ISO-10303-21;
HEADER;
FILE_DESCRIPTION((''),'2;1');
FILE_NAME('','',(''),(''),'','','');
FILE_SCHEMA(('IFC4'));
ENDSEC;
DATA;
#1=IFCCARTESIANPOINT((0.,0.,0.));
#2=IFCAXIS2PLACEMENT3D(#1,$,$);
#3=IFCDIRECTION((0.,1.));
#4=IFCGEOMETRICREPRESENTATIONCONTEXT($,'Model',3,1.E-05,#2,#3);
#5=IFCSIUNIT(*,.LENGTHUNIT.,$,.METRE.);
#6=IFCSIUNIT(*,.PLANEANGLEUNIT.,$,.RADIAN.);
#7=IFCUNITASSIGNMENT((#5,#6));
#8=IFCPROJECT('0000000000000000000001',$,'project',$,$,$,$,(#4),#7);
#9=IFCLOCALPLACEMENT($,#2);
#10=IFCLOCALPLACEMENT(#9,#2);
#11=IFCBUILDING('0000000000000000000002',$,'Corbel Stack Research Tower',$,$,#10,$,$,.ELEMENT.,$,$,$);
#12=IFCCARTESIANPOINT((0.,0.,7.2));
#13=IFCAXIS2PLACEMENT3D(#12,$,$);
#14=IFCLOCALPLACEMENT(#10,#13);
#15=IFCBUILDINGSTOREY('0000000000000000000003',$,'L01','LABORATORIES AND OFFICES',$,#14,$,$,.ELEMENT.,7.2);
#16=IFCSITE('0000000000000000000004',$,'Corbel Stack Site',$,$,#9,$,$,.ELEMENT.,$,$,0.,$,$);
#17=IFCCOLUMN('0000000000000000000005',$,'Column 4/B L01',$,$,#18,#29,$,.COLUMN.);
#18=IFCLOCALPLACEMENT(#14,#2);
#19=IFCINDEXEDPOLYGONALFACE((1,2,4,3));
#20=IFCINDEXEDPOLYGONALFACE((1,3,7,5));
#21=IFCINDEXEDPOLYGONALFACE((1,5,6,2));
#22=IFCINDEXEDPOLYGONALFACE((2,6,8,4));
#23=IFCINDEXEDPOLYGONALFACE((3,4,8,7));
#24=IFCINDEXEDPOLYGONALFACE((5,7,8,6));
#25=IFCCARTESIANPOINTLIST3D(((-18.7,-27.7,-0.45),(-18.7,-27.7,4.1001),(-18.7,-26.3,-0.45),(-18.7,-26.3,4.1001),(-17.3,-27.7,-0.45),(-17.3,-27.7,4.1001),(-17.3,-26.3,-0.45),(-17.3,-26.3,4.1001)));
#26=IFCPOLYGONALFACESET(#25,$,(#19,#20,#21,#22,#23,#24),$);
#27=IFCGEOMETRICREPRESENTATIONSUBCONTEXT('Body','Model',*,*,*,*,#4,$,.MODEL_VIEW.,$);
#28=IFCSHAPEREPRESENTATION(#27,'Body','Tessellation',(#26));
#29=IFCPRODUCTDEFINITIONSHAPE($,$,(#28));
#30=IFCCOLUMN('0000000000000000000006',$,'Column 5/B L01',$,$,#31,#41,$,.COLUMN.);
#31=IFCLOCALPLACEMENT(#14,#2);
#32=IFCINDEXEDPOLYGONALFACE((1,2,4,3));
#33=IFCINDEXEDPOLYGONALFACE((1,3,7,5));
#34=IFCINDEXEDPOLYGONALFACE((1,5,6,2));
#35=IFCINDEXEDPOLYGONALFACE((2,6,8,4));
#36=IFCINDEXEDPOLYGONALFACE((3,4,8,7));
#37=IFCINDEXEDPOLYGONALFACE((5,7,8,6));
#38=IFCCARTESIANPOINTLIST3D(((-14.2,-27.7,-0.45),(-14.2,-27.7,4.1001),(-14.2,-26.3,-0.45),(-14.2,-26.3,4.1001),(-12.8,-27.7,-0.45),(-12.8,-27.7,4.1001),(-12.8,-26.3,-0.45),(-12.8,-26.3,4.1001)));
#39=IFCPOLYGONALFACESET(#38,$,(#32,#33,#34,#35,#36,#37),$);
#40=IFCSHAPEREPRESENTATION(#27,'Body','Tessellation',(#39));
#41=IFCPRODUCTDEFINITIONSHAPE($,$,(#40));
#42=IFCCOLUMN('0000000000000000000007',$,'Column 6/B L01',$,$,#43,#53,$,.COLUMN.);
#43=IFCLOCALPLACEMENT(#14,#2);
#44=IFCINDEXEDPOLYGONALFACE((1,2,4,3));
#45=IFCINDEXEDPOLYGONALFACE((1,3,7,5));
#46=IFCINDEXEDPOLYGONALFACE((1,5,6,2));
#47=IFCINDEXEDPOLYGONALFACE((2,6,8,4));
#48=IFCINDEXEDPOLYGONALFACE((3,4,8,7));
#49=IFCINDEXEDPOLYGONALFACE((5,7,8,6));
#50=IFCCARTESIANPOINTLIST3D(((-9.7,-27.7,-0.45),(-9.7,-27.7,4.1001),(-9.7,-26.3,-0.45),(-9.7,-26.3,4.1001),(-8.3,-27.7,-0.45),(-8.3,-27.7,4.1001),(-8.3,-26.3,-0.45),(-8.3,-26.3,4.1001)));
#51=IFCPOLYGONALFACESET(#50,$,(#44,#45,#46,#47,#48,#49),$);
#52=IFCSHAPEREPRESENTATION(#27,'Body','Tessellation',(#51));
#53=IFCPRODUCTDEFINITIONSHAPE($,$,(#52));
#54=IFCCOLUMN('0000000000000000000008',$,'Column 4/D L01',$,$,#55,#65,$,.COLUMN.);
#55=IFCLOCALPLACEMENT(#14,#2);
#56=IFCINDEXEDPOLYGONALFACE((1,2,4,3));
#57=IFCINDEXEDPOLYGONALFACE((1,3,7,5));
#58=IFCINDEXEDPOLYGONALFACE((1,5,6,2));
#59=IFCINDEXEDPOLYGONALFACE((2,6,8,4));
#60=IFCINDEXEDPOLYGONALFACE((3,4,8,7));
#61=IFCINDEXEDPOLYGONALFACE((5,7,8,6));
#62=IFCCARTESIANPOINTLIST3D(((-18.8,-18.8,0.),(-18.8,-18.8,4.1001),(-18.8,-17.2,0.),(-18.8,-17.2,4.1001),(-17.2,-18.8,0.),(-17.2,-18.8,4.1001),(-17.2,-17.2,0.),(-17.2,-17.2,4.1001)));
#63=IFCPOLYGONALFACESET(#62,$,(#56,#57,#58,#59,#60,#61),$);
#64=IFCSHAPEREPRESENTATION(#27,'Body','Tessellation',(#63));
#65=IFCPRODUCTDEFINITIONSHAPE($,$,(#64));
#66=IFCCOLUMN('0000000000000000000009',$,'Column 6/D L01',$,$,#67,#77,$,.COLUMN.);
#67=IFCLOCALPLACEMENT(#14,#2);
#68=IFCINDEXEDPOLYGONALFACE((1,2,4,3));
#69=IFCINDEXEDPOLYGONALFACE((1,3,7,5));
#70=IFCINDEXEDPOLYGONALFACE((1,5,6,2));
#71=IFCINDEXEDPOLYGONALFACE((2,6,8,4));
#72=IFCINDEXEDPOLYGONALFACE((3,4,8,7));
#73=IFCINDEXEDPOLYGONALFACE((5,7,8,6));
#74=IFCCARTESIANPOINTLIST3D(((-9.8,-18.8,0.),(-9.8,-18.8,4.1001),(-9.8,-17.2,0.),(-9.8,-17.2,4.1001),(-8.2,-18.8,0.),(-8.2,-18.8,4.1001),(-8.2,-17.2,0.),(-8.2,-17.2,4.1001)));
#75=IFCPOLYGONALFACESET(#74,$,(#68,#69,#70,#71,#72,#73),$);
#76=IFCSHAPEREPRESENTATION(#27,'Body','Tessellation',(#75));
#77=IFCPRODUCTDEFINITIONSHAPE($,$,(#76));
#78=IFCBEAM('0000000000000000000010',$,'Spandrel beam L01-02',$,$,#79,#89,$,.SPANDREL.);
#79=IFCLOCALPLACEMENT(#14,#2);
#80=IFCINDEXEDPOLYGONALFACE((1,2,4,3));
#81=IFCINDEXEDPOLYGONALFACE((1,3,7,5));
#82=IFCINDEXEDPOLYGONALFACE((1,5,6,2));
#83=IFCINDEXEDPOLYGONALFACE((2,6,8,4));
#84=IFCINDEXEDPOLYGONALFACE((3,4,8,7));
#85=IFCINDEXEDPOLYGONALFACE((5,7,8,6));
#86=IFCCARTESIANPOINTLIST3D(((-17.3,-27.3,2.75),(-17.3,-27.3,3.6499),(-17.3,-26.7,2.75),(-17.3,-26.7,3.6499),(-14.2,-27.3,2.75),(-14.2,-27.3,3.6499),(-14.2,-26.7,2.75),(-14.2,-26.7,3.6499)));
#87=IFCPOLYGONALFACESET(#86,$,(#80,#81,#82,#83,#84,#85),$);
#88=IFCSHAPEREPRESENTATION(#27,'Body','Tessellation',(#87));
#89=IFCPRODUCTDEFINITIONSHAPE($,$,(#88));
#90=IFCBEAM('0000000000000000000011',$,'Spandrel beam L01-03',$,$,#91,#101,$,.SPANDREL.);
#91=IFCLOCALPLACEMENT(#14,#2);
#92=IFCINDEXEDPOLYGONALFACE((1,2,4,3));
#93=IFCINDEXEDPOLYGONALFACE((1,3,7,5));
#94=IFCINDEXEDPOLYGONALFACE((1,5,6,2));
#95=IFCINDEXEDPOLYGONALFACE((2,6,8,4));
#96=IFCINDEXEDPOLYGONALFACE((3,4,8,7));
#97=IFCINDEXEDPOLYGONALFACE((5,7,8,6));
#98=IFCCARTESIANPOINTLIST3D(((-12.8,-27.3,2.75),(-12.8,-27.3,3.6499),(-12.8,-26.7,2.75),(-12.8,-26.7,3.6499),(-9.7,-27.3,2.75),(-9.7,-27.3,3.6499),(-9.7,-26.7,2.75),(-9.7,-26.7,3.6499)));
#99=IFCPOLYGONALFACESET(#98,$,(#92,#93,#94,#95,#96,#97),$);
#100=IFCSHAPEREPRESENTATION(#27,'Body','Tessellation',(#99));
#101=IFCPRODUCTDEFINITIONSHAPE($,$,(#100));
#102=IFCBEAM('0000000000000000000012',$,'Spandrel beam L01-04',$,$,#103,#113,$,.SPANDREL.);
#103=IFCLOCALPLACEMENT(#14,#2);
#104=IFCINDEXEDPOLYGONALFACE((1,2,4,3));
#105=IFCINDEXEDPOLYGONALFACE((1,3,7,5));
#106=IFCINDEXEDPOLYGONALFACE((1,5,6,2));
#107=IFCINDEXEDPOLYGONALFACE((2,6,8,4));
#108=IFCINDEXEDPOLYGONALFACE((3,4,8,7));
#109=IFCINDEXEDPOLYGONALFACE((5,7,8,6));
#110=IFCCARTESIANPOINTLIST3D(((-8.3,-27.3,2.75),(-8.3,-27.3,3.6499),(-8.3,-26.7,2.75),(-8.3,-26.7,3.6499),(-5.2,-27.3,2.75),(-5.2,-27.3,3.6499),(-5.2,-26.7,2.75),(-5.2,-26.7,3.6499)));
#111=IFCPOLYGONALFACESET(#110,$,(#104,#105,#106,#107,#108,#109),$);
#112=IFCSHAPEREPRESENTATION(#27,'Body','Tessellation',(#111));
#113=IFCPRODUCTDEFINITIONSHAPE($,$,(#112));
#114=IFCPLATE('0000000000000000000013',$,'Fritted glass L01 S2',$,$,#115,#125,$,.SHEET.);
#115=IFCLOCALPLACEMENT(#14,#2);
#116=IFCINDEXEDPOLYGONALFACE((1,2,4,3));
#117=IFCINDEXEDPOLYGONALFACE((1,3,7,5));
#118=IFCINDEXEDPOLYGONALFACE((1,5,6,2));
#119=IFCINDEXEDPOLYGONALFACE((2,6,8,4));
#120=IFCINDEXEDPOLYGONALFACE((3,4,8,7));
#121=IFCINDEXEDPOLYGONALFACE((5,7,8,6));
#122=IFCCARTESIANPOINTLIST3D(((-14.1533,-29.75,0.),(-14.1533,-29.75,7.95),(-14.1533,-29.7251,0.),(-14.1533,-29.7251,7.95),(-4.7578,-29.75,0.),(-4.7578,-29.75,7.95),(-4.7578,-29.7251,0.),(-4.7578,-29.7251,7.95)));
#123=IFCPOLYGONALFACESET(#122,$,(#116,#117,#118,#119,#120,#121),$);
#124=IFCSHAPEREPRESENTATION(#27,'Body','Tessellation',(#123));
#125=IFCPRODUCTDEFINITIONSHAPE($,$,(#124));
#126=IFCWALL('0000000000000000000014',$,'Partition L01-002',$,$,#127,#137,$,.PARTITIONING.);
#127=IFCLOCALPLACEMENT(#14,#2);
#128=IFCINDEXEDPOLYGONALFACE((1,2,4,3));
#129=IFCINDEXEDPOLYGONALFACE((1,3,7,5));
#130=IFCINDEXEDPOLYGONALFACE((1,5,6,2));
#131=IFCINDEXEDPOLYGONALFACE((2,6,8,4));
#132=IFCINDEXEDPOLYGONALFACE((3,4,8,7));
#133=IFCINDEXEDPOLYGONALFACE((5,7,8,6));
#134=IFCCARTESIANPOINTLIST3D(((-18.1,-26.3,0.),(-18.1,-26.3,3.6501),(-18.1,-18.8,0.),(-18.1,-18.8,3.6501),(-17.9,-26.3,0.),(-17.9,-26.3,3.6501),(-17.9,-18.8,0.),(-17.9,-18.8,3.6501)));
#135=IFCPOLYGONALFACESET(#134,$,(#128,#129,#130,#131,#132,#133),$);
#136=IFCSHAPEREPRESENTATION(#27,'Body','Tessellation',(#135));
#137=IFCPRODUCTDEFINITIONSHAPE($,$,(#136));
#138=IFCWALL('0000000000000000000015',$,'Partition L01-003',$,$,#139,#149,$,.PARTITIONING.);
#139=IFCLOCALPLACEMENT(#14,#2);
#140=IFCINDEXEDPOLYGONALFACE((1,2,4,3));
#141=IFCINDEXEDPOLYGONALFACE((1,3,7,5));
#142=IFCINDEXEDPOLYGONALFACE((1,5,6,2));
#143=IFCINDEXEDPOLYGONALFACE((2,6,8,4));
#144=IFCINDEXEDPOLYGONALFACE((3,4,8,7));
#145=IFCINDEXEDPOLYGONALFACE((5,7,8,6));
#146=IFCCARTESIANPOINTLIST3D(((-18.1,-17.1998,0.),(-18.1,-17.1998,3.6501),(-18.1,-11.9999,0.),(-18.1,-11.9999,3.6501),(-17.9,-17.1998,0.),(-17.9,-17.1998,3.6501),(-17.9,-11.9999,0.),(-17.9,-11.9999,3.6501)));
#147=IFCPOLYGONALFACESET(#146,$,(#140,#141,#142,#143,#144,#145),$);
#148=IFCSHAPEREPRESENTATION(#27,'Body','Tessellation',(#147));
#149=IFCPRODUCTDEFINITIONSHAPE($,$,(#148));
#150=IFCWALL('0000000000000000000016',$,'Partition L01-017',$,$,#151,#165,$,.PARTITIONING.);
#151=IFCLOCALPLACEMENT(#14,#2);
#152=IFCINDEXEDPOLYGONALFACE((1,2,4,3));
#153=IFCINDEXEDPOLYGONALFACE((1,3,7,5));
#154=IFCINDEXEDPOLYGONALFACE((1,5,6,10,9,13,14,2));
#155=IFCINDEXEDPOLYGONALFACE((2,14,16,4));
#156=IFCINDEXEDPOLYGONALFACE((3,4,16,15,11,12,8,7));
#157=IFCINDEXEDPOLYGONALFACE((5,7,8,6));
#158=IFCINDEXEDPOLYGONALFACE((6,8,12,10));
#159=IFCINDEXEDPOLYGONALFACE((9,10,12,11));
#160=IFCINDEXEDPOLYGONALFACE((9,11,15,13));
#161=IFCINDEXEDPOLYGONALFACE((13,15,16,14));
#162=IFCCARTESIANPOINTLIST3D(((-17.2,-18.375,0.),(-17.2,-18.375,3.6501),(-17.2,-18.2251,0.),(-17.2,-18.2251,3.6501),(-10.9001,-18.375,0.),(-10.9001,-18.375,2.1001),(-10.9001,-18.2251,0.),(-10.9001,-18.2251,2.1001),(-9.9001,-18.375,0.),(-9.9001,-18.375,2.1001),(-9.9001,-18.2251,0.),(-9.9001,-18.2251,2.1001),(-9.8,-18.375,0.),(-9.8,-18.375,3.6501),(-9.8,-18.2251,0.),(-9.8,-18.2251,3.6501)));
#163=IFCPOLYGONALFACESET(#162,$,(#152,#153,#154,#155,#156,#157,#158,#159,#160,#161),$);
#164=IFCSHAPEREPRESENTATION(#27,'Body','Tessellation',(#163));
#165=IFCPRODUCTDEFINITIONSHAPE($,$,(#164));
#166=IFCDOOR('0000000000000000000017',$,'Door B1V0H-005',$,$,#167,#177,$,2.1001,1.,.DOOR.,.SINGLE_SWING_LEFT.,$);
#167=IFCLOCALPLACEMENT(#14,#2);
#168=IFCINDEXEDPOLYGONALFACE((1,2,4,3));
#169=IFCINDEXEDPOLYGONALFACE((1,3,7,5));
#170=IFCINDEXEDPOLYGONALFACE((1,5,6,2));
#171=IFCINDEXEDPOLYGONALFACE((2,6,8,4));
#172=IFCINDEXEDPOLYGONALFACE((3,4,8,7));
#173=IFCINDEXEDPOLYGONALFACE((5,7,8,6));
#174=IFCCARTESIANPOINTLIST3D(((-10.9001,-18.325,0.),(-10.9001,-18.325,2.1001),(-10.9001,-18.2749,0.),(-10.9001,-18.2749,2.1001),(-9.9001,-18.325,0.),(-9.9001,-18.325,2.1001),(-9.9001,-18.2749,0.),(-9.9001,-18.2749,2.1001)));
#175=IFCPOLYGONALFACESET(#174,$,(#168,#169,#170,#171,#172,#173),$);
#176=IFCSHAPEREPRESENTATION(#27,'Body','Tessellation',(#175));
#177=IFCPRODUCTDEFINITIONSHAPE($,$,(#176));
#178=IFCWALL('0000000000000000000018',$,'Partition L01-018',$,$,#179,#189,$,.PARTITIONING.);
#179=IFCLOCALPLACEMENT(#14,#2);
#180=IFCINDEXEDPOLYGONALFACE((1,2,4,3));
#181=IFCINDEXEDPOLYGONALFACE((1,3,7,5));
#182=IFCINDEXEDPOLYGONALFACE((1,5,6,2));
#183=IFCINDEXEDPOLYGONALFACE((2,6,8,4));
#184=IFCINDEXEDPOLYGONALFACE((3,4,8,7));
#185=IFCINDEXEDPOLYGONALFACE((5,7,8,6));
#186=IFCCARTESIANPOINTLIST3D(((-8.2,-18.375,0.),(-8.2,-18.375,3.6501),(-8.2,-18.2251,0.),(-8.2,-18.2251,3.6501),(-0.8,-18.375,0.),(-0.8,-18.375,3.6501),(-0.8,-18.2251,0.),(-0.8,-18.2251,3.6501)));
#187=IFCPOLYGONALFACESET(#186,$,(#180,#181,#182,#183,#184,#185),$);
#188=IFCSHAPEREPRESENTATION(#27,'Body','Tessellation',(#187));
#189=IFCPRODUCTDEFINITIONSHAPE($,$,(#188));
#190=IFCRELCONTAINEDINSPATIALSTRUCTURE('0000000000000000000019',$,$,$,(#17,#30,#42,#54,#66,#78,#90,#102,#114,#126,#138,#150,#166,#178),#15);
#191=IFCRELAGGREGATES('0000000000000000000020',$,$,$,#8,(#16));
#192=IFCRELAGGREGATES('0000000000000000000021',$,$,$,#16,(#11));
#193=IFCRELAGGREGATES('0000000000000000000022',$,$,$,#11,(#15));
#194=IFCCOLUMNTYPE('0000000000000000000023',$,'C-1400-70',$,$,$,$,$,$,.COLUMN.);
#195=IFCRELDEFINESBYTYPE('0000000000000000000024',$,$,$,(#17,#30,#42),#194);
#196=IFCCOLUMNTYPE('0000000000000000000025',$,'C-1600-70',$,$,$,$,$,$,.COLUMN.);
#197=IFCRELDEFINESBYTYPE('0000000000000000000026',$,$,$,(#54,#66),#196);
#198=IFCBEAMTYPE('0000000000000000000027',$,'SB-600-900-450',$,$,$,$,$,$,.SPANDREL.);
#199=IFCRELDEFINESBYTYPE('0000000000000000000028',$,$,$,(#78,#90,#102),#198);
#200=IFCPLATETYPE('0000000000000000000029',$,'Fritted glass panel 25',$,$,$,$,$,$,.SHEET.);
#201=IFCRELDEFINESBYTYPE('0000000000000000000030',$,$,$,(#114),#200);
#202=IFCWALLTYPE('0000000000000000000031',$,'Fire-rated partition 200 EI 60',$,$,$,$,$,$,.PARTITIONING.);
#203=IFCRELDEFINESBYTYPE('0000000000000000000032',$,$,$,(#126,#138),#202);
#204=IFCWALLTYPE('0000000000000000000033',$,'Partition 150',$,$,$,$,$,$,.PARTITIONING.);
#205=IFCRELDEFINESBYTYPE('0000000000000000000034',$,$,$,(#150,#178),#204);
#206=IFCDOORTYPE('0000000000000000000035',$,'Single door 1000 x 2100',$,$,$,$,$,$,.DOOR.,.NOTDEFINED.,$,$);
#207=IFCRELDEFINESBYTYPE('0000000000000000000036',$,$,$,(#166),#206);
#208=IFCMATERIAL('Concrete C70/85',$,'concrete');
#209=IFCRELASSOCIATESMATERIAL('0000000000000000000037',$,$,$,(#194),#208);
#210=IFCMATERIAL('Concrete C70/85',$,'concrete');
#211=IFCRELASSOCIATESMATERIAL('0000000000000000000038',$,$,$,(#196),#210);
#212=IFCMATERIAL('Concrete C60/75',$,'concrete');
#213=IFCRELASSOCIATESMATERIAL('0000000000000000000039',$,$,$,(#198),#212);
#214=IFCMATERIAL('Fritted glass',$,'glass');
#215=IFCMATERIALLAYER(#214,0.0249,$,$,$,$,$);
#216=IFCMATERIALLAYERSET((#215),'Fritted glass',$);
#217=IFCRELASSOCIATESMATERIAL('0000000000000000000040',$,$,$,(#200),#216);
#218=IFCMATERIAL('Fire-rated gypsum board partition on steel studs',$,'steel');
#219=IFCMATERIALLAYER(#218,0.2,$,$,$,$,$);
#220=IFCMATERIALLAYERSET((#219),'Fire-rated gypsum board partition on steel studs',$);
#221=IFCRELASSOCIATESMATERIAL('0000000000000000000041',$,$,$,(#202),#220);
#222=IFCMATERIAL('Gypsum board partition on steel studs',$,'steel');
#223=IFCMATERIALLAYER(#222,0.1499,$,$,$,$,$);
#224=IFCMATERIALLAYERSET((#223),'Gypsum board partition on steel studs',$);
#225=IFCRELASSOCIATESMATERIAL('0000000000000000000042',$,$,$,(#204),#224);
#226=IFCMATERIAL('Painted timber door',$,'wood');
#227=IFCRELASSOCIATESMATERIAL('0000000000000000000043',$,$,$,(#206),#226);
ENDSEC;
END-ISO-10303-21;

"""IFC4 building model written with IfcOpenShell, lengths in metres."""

from ifc_helpers import new_model, si_unit, direction, frame, frame_2d, origin, origin_2d, place, context, subcontext, project, spatial, rectangle, extrude, material, layer, layer_set, material_profile, profile_set, type_object, element, fill, save


model = new_model("IFC4")

# Units and contexts
model_context = context("Model", 3, precision=1e-05, world=origin(), true_north=direction((0.0, 1.0)))
body_context = subcontext(model_context, "Body", "Model", "MODEL_VIEW")
ifc_project = project(units=[si_unit("LENGTHUNIT", "METRE"), si_unit("PLANEANGLEUNIT", "RADIAN")], contexts=[model_context])

# Site, building, storey
site_placement = place(None, origin())
site = spatial("IfcSite", under=ifc_project, at=site_placement, Name="Corbel Stack Site", CompositionType="ELEMENT", RefElevation=0.0)
building_placement = place(site_placement, origin())
building = spatial("IfcBuilding", under=site, at=building_placement, Name="Corbel Stack Research Tower", CompositionType="ELEMENT")
storey_placement = place(building_placement, frame((0.0, 0.0, 7.2)))
storey = spatial("IfcBuildingStorey", under=building, at=storey_placement, Name="L01", Description="LABORATORIES AND OFFICES", CompositionType="ELEMENT", Elevation=7.2)

# Columns
ifc_material_1 = material(Name="Concrete C70/85", Category="concrete")
ifc_material_profile_1 = material_profile(ifc_material_1, rectangle(XDim=1.3999, YDim=1.3999, at=origin_2d()), Name="RC 1400 x 1400")
ifc_profile_set_1 = profile_set([ifc_material_profile_1], Name="Concrete C70/85")
column_type_1 = type_object("IfcColumnType", Name="C-1400-70", PredefinedType="COLUMN", material=ifc_profile_set_1)
for number, where, z_axis, x_axis, name in (
    (1, (-18.0, -27.0, -0.45), (0.0, 0.0, 1.0), (1.0, 0.0, 0.0), "Column 4/B L01"),
    (2, (-13.5, -27.0, -0.45), (0.0, 0.0, 1.0), (1.0, 0.0, 0.0), "Column 5/B L01"),
    (3, (-9.0, -27.0, -0.45), (0.0, 0.0, 1.0), (1.0, 0.0, 0.0), "Column 6/B L01"),
):
    element("IfcColumn", number, at=place(storey_placement, frame(where, z_axis=z_axis, x_axis=x_axis)), inside=storey, type_object=column_type_1, Name=name, PredefinedType="COLUMN", context=body_context, shape_type="SweptSolid", body=[
        extrude(rectangle(XDim=1.3999, YDim=1.3999, at=origin_2d()), origin(), (0.0, 0.0, 1.0), 4.55),
    ])
ifc_material_2 = material(Name="Concrete C70/85", Category="concrete")
ifc_material_profile_2 = material_profile(ifc_material_2, rectangle(XDim=1.6001, YDim=1.6001, at=origin_2d()), Name="RC 1600 x 1600")
ifc_profile_set_2 = profile_set([ifc_material_profile_2], Name="Concrete C70/85")
column_type_2 = type_object("IfcColumnType", Name="C-1600-70", PredefinedType="COLUMN", material=ifc_profile_set_2)
for number, where, z_axis, x_axis, name in (
    (4, (-18.0, -18.0, 0.0), (0.0, 0.0, 1.0), (1.0, 0.0, 0.0), "Column 4/D L01"),
    (5, (-9.0, -18.0, 0.0), (0.0, 0.0, 1.0), (1.0, 0.0, 0.0), "Column 6/D L01"),
):
    element("IfcColumn", number, at=place(storey_placement, frame(where, z_axis=z_axis, x_axis=x_axis)), inside=storey, type_object=column_type_2, Name=name, PredefinedType="COLUMN", context=body_context, shape_type="SweptSolid", body=[
        extrude(rectangle(XDim=1.6001, YDim=1.6001, at=origin_2d()), origin(), (0.0, 0.0, 1.0), 4.1001),
    ])

# Beams
ifc_material_3 = material(Name="Concrete C60/75", Category="concrete")
ifc_material_profile_3 = material_profile(ifc_material_3, rectangle(XDim=0.6001, YDim=0.8999, at=origin_2d()), Name="RC 600 x 900")
ifc_profile_set_3 = profile_set([ifc_material_profile_3], Name="Concrete C60/75")
beam_type = type_object("IfcBeamType", Name="SB-600-900-450", PredefinedType="SPANDREL", material=ifc_profile_set_3)
for number, where, z_axis, x_axis, name in (
    (6, (-17.3, -27.0, 3.2), (1.0, 0.0, 0.0), (0.0, 1.0, 0.0), "Spandrel beam L01-02"),
    (7, (-12.8, -27.0, 3.2), (1.0, 0.0, 0.0), (0.0, 1.0, 0.0), "Spandrel beam L01-03"),
    (8, (-8.3, -27.0, 3.2), (1.0, 0.0, 0.0), (0.0, 1.0, 0.0), "Spandrel beam L01-04"),
):
    element("IfcBeam", number, at=place(storey_placement, frame(where, z_axis=z_axis, x_axis=x_axis)), inside=storey, type_object=beam_type, Name=name, PredefinedType="SPANDREL", context=body_context, shape_type="SweptSolid", body=[
        extrude(rectangle(XDim=0.6001, YDim=0.8999, at=origin_2d()), origin(), (0.0, 0.0, 1.0), 3.1001),
    ])

# Plate
ifc_material_4 = material(Name="Fritted glass", Category="glass")
ifc_layer_1 = layer(ifc_material_4, 0.0249)
ifc_layer_set_1 = layer_set([ifc_layer_1], Name="Fritted glass")
plate_type = type_object("IfcPlateType", Name="Fritted glass panel 25", PredefinedType="SHEET", material=ifc_layer_set_1)
plate_placement = place(storey_placement, frame((-9.4556, -29.7375, 0.0), z_axis=(0.0, 0.0, 1.0), x_axis=(1.0, 0.0, 0.0)))
element("IfcPlate", 9, at=plate_placement, inside=storey, type_object=plate_type, Name="Fritted glass L01 S2", PredefinedType="SHEET", context=body_context, shape_type="SweptSolid", body=[
    extrude(rectangle(XDim=9.3955, YDim=0.0249, at=origin_2d()), origin(), (0.0, 0.0, 1.0), 7.95),
])

# Walls
ifc_material_5 = material(Name="Fire-rated gypsum board partition on steel studs", Category="steel")
ifc_layer_2 = layer(ifc_material_5, 0.2)
ifc_layer_set_2 = layer_set([ifc_layer_2], Name="Fire-rated gypsum board partition on steel studs")
wall_type_1 = type_object("IfcWallType", Name="Fire-rated partition 200 EI 60", PredefinedType="PARTITIONING", material=ifc_layer_set_2)
wall_1_placement = place(storey_placement, frame((-18.0, -26.3, 0.0), z_axis=(0.0, 0.0, 1.0), x_axis=(0.0, 1.0, 0.0)))
element("IfcWall", 10, at=wall_1_placement, inside=storey, type_object=wall_type_1, Name="Partition L01-002", PredefinedType="PARTITIONING", context=body_context, shape_type="SweptSolid", body=[
    extrude(rectangle(XDim=7.5, YDim=0.2, at=frame_2d((3.75, 0.0))), origin(), (0.0, 0.0, 1.0), 3.6501),
])
wall_2_placement = place(storey_placement, frame((-18.0, -17.2, 0.0), z_axis=(0.0, 0.0, 1.0), x_axis=(0.0, 1.0, 0.0)))
element("IfcWall", 11, at=wall_2_placement, inside=storey, type_object=wall_type_1, Name="Partition L01-003", PredefinedType="PARTITIONING", context=body_context, shape_type="SweptSolid", body=[
    extrude(rectangle(XDim=5.2, YDim=0.2, at=frame_2d((2.6001, 0.0))), origin(), (0.0, 0.0, 1.0), 3.6501),
])

# Wall, opening, door
ifc_material_6 = material(Name="Gypsum board partition on steel studs", Category="steel")
ifc_layer_3 = layer(ifc_material_6, 0.1499)
ifc_layer_set_3 = layer_set([ifc_layer_3], Name="Gypsum board partition on steel studs")
wall_type_2 = type_object("IfcWallType", Name="Partition 150", PredefinedType="PARTITIONING", material=ifc_layer_set_3)
wall_3_placement = place(storey_placement, frame((-9.8, -18.3, 0.0), z_axis=(0.0, 0.0, 1.0), x_axis=(-1.0, 0.0, 0.0)))
wall_3 = element("IfcWall", 12, at=wall_3_placement, inside=storey, type_object=wall_type_2, Name="Partition L01-017", PredefinedType="PARTITIONING", context=body_context, shape_type="SweptSolid", body=[
    extrude(rectangle(XDim=7.3999, YDim=0.1499, at=frame_2d((3.7, 0.0))), origin(), (0.0, 0.0, 1.0), 3.6501),
])
opening_1_placement = place(wall_3_placement, frame((0.1001, 0.0, 0.0)))
opening_1 = element("IfcOpeningElement", 13, at=opening_1_placement, cuts=wall_3, PredefinedType="OPENING", context=body_context, shape_type="SweptSolid", body=[
    extrude(rectangle(XDim=1.0, YDim=2.1001, at=frame_2d((0.5, 1.05))), frame((0.0, 0.085, 0.0), z_axis=(0.0, -1.0, 0.0), x_axis=(1.0, 0.0, 0.0)), (0.0, 0.0, 1.0), 0.1699),
])
ifc_material_7 = material(Name="Painted timber door", Category="wood")
door_type_1 = type_object("IfcDoorType", Name="Single door 1000 x 2100", OperationType="NOTDEFINED", PredefinedType="DOOR", material=ifc_material_7)
door_1_placement = place(opening_1_placement, origin())
door_1 = element("IfcDoor", 14, at=door_1_placement, inside=storey, type_object=door_type_1, Name="Door B1V0H-005", OperationType="SINGLE_SWING_LEFT", OverallHeight=2.1001, OverallWidth=1.0, PredefinedType="DOOR", context=body_context, shape_type="SweptSolid", body=[
    extrude(rectangle(XDim=1.0, YDim=2.1001, at=frame_2d((0.5, 1.05))), frame((0.0, 0.0249, 0.0), z_axis=(0.0, -1.0, 0.0), x_axis=(1.0, 0.0, 0.0)), (0.0, 0.0, 1.0), 0.05),
])
fill(opening_1, door_1)

# Wall
wall_4_placement = place(storey_placement, frame((-8.2, -18.3, 0.0), z_axis=(0.0, 0.0, 1.0), x_axis=(1.0, 0.0, 0.0)))
element("IfcWall", 15, at=wall_4_placement, inside=storey, type_object=wall_type_2, Name="Partition L01-018", PredefinedType="PARTITIONING", context=body_context, shape_type="SweptSolid", body=[
    extrude(rectangle(XDim=7.3999, YDim=0.1499, at=frame_2d((3.7, 0.0))), origin(), (0.0, 0.0, 1.0), 3.6501),
])

save(model, "model.ifc")
